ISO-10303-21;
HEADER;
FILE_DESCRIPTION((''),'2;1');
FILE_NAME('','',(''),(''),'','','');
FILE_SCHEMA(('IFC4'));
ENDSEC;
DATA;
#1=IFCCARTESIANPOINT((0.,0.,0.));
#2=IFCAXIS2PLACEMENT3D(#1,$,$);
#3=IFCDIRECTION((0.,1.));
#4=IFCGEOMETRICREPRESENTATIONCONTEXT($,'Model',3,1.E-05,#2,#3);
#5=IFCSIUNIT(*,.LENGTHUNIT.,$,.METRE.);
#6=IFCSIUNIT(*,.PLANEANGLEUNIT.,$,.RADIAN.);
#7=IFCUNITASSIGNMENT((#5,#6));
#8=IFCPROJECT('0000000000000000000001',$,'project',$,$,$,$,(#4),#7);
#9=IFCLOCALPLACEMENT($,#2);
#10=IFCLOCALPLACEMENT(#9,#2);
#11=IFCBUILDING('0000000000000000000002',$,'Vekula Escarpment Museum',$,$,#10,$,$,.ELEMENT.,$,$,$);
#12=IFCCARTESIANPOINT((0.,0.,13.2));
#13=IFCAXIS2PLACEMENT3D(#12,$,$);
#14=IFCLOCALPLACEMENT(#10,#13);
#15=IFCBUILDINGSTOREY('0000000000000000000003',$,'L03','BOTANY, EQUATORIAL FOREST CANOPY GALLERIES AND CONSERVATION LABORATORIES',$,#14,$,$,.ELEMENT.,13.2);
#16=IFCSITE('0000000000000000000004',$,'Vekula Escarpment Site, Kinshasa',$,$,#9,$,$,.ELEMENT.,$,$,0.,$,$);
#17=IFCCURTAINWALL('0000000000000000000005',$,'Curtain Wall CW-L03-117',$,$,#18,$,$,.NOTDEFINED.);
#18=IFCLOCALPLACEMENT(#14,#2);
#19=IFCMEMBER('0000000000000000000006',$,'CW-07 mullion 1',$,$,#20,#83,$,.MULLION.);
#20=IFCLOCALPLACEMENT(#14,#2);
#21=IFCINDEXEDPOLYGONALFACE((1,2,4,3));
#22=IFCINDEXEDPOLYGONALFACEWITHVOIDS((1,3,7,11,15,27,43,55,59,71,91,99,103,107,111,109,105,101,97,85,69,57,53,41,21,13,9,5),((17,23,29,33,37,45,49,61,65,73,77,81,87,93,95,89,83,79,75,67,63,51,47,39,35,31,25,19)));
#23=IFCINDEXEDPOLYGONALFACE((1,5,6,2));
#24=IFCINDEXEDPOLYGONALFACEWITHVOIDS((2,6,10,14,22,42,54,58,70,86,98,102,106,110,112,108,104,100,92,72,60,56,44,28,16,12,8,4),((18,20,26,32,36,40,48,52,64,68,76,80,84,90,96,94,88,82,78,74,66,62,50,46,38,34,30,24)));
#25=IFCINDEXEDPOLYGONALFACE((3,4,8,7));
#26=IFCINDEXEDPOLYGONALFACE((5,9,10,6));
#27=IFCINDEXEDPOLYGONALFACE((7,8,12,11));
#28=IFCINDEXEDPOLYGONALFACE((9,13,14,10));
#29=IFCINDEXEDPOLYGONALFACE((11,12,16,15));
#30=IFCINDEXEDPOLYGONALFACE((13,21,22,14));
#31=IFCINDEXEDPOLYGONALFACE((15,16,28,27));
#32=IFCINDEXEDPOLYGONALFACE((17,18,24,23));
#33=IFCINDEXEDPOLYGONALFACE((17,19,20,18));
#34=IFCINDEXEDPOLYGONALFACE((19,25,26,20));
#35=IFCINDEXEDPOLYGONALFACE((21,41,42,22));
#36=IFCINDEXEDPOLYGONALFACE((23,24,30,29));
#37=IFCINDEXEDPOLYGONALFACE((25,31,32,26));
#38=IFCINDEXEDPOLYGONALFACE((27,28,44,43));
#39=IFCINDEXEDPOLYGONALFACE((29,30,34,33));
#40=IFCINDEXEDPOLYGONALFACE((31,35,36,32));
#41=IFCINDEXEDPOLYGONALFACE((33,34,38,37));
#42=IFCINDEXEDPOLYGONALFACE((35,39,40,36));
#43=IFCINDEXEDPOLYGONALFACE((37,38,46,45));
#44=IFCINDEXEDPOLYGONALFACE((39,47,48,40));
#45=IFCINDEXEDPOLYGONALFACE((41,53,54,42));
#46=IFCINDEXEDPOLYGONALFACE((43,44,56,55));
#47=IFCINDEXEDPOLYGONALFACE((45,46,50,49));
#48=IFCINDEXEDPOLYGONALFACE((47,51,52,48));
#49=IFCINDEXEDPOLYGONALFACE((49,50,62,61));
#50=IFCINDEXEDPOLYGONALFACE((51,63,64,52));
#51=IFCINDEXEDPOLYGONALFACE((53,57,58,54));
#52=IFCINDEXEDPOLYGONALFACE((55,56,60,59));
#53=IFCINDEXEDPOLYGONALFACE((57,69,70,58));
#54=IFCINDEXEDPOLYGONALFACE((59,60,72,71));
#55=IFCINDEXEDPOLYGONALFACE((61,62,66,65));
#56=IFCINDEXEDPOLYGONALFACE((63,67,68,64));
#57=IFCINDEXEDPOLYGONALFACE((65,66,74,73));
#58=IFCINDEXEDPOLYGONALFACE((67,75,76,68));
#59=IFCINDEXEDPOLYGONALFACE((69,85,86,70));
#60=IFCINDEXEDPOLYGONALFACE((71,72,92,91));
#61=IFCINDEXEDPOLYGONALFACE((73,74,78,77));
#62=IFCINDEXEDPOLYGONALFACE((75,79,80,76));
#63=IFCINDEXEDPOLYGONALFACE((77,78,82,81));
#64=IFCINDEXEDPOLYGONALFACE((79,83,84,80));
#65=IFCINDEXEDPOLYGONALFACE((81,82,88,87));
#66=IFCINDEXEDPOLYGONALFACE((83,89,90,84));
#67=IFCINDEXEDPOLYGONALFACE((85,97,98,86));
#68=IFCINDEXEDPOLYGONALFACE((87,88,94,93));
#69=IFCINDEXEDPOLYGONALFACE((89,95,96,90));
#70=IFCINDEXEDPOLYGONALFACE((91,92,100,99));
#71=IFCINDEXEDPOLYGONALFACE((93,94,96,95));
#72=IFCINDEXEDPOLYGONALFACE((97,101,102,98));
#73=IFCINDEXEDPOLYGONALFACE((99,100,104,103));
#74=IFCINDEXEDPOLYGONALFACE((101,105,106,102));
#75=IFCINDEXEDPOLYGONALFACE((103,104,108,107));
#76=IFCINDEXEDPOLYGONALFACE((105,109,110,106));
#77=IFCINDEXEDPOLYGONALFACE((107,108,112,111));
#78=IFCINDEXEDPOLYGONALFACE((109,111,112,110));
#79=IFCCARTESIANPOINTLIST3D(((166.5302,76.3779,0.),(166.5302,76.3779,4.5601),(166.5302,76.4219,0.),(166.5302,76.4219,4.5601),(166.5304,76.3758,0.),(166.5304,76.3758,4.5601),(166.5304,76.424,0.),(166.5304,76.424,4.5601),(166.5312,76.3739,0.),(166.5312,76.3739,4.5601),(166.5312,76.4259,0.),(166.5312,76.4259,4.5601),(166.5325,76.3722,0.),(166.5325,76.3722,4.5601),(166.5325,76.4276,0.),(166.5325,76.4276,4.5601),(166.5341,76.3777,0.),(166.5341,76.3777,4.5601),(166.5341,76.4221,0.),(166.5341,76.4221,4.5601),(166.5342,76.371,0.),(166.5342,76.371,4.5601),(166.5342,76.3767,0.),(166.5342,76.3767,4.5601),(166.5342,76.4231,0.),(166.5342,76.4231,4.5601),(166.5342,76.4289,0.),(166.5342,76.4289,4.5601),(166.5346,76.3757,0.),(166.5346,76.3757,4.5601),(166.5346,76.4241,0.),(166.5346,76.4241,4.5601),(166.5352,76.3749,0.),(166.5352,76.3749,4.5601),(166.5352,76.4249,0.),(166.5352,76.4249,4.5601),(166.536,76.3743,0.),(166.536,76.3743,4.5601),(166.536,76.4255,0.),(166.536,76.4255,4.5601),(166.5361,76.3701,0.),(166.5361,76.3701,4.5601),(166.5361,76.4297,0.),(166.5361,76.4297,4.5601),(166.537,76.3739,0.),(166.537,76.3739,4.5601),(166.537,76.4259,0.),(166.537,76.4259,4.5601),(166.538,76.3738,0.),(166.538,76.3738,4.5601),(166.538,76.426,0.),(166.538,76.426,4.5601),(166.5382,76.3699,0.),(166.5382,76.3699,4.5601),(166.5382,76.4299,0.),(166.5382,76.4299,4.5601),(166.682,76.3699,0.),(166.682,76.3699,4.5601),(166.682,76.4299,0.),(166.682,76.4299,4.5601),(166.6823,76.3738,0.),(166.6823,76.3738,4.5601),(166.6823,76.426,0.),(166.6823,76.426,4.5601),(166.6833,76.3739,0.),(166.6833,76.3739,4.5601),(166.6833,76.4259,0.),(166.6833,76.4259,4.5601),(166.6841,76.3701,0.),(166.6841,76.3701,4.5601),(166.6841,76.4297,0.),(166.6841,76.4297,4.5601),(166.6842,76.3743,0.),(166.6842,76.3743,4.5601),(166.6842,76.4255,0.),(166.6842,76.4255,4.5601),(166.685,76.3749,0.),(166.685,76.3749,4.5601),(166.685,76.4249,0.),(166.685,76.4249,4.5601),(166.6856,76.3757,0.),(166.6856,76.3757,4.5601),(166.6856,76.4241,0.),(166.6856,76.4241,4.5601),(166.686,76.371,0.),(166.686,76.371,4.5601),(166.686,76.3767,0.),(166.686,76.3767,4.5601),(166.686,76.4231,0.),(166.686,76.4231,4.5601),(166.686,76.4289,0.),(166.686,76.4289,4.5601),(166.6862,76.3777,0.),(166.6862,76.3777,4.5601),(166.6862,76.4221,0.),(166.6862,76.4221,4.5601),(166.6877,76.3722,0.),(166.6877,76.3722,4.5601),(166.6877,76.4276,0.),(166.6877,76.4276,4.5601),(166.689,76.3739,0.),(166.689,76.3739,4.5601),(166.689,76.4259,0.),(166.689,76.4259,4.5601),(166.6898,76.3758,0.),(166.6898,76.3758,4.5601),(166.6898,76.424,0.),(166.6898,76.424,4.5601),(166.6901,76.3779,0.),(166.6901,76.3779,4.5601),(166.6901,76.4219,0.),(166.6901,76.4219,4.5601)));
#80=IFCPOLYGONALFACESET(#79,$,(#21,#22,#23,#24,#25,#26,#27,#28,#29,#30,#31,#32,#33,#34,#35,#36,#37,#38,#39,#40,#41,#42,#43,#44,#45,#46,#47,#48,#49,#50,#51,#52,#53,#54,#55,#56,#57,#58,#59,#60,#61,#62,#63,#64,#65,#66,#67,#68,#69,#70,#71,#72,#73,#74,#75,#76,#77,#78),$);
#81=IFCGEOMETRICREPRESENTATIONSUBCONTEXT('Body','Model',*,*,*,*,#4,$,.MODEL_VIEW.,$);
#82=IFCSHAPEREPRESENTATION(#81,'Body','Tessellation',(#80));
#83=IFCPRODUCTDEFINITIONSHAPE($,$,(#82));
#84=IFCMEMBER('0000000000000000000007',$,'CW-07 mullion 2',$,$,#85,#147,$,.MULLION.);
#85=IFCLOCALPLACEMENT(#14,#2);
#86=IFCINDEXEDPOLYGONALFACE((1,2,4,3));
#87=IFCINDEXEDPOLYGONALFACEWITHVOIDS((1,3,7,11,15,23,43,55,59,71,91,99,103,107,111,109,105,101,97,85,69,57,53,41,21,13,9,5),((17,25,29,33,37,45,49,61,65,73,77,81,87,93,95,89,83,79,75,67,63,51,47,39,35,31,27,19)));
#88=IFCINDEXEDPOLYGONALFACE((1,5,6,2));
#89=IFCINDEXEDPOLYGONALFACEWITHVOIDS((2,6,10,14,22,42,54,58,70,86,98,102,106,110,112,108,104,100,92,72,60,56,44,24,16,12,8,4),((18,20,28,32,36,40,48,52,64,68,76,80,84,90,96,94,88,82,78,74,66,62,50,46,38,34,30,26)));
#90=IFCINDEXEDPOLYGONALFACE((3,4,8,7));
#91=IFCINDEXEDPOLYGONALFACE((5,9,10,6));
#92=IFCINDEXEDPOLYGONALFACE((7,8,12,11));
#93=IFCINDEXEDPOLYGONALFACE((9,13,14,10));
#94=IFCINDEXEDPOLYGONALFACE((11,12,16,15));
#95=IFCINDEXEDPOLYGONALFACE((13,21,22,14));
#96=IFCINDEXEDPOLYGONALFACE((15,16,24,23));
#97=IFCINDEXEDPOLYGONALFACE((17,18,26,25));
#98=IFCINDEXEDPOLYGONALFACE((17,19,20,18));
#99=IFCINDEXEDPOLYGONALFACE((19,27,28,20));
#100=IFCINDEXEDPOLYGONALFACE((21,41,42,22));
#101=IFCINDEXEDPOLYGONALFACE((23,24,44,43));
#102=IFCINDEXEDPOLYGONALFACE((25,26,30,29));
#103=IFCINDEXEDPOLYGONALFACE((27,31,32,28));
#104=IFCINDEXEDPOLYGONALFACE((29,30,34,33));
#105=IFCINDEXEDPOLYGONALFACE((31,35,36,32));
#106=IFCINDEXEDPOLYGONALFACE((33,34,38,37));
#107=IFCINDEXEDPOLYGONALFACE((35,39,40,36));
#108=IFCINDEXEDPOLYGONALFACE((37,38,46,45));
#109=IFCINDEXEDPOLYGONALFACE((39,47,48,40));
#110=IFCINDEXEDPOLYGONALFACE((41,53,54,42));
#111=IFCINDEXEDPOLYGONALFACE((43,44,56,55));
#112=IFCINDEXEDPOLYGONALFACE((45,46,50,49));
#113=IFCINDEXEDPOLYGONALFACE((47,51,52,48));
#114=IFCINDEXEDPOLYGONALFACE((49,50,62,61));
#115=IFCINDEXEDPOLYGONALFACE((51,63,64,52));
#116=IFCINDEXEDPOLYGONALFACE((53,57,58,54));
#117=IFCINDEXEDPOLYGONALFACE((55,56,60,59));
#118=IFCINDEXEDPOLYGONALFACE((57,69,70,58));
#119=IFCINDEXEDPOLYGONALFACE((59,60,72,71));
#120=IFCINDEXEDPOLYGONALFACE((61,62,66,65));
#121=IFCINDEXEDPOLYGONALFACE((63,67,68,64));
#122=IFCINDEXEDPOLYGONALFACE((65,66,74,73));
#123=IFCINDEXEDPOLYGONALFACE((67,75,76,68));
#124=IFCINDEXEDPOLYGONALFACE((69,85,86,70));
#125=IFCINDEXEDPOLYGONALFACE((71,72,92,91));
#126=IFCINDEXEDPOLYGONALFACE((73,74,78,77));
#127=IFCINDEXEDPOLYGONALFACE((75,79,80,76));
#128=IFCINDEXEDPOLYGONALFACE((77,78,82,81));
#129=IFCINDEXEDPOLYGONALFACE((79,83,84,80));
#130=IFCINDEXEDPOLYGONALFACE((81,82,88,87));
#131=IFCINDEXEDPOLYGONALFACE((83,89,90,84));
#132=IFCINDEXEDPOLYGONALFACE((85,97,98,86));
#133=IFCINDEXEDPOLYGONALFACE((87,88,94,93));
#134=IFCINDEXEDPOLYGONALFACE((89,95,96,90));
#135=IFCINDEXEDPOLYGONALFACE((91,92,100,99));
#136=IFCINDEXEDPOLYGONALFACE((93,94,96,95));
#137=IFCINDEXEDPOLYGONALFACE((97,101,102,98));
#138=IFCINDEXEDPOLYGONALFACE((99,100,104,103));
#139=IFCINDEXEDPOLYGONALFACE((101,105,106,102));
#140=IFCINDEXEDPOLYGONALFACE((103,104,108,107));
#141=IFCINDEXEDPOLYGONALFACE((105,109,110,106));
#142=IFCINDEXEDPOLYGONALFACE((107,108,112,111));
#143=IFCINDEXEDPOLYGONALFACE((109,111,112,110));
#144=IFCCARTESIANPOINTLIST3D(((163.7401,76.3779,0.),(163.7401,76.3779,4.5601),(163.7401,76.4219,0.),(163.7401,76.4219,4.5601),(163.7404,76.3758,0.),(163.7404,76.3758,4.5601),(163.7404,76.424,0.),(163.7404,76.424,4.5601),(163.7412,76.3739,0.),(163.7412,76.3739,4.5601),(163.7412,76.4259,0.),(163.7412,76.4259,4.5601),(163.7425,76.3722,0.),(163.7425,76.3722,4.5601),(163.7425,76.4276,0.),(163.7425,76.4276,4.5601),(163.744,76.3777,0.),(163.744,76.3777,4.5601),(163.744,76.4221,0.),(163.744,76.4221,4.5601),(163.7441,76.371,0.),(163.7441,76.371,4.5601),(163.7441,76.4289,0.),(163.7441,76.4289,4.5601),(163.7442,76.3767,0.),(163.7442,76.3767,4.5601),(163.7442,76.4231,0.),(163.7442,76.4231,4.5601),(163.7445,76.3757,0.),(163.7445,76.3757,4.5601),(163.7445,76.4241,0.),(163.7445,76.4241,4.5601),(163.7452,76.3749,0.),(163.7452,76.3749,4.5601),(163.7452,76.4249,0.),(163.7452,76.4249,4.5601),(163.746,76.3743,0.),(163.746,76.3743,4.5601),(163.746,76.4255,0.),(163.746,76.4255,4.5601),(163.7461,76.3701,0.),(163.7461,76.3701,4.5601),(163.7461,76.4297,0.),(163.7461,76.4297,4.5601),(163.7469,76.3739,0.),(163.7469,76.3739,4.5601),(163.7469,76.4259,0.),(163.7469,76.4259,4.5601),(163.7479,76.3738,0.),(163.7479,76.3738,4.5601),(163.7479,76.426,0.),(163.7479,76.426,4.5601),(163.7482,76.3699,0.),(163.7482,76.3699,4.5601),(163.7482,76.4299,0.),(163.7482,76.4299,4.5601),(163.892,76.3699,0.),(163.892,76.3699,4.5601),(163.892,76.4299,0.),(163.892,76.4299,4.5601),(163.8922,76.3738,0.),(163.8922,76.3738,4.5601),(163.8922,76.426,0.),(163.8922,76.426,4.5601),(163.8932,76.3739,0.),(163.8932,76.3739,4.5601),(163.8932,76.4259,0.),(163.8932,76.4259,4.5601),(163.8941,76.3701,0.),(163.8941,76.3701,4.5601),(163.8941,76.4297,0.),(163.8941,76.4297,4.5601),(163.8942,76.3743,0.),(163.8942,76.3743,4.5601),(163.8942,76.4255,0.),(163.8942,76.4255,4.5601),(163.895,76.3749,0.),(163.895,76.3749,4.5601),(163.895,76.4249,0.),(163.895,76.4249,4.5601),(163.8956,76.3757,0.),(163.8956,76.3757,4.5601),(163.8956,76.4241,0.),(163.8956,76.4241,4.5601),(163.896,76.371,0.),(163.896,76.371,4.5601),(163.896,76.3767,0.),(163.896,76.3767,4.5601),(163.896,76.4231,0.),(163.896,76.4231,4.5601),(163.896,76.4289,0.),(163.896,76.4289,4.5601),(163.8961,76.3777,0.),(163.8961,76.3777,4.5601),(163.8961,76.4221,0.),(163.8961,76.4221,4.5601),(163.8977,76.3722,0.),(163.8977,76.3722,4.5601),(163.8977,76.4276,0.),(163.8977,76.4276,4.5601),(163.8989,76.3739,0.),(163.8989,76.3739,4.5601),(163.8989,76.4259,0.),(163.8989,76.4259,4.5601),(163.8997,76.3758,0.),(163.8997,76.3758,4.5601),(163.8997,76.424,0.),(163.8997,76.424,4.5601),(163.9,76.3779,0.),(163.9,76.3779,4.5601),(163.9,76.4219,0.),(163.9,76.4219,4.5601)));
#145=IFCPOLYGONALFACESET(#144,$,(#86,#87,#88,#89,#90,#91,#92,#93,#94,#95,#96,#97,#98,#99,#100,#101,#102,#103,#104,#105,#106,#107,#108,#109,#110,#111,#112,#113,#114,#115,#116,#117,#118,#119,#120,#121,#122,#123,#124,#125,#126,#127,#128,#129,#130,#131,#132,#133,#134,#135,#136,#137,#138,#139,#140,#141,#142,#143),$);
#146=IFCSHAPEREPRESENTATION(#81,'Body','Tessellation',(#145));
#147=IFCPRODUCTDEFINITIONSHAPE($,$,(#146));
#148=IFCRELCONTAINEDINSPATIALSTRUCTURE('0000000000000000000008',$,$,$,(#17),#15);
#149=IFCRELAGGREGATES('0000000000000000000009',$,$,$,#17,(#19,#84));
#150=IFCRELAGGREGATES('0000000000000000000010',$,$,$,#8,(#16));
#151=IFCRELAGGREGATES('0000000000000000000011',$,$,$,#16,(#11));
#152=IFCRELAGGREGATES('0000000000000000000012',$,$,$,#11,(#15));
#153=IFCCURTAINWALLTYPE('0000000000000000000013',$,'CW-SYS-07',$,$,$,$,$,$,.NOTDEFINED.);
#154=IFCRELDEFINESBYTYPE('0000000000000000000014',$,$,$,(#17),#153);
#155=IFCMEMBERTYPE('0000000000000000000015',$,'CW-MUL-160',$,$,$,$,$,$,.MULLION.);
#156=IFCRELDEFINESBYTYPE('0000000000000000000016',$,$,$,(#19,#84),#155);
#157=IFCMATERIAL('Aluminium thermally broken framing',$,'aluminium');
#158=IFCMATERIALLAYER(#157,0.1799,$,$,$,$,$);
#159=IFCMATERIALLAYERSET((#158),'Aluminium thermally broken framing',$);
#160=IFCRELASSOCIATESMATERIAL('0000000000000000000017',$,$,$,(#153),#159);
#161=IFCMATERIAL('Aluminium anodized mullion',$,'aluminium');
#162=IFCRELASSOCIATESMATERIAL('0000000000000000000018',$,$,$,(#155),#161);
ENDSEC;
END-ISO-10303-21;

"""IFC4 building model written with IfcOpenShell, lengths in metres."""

from ifc_helpers import new_model, si_unit, direction, frame, origin, origin_2d, place, context, subcontext, project, spatial, hollow_rectangle, extrude, material, layer, layer_set, material_profile, profile_set, type_object, element, aggregate, save


model = new_model("IFC4")

# Units and contexts
model_context = context("Model", 3, precision=1e-05, world=origin(), true_north=direction((0.0, 1.0)))
body_context = subcontext(model_context, "Body", "Model", "MODEL_VIEW")
ifc_project = project(units=[si_unit("LENGTHUNIT", "METRE"), si_unit("PLANEANGLEUNIT", "RADIAN")], contexts=[model_context])

# Site, building, storey
site_placement = place(None, origin())
site = spatial("IfcSite", under=ifc_project, at=site_placement, Name="Vekula Escarpment Site, Kinshasa", CompositionType="ELEMENT", RefElevation=0.0)
building_placement = place(site_placement, origin())
building = spatial("IfcBuilding", under=site, at=building_placement, Name="Vekula Escarpment Museum", CompositionType="ELEMENT")
storey_placement = place(building_placement, frame((0.0, 0.0, 13.2)))
storey = spatial("IfcBuildingStorey", under=building, at=storey_placement, Name="L03", Description="BOTANY, EQUATORIAL FOREST CANOPY GALLERIES AND CONSERVATION LABORATORIES", CompositionType="ELEMENT", Elevation=13.2)

# Curtain wall, members
ifc_material_1 = material(Name="Aluminium thermally broken framing", Category="aluminium")
ifc_layer_1 = layer(ifc_material_1, 0.1799)
ifc_layer_set_1 = layer_set([ifc_layer_1], Name="Aluminium thermally broken framing")
curtain_wall_type = type_object("IfcCurtainWallType", Name="CW-SYS-07", PredefinedType="NOTDEFINED", material=ifc_layer_set_1)
curtain_wall_placement = place(storey_placement, origin())
curtain_wall = element("IfcCurtainWall", 1, at=curtain_wall_placement, inside=storey, type_object=curtain_wall_type, Name="Curtain Wall CW-L03-117", PredefinedType="NOTDEFINED")
ifc_material_2 = material(Name="Aluminium anodized mullion", Category="aluminium")
ifc_material_profile_1 = material_profile(ifc_material_2, hollow_rectangle(XDim=0.0601, YDim=0.1599, WallThickness=0.0039, InnerFilletRadius=0.0039, OuterFilletRadius=0.0081, at=origin_2d()), Name="ALU 160x60x4")
ifc_profile_set_1 = profile_set([ifc_material_profile_1], Name="Aluminium anodized mullion")
member_type_1 = type_object("IfcMemberType", Name="CW-MUL-160", PredefinedType="MULLION", material=ifc_profile_set_1)
member_1_placement = place(storey_placement, frame((166.6101, 76.3999, 0.0), z_axis=(0.0, 0.0, 1.0), x_axis=(0.0, -1.0, 0.0)))
member_1 = element("IfcMember", 2, at=member_1_placement, type_object=member_type_1, Name="CW-07 mullion 1", PredefinedType="MULLION", context=body_context, shape_type="SweptSolid", body=[
    extrude(hollow_rectangle(XDim=0.0601, YDim=0.1599, WallThickness=0.0039, InnerFilletRadius=0.0039, OuterFilletRadius=0.0081, at=origin_2d()), origin(), (0.0, 0.0, 1.0), 4.5601),
])
member_2_placement = place(storey_placement, frame((163.8201, 76.3999, 0.0), z_axis=(0.0, 0.0, 1.0), x_axis=(0.0, -1.0, 0.0)))
member_2 = element("IfcMember", 3, at=member_2_placement, type_object=member_type_1, Name="CW-07 mullion 2", PredefinedType="MULLION", context=body_context, shape_type="SweptSolid", body=[
    extrude(hollow_rectangle(XDim=0.0601, YDim=0.1599, WallThickness=0.0039, InnerFilletRadius=0.0039, OuterFilletRadius=0.0081, at=origin_2d()), origin(), (0.0, 0.0, 1.0), 4.5601),
])
aggregate(curtain_wall, [member_1, member_2])

save(model, "model.ifc")
